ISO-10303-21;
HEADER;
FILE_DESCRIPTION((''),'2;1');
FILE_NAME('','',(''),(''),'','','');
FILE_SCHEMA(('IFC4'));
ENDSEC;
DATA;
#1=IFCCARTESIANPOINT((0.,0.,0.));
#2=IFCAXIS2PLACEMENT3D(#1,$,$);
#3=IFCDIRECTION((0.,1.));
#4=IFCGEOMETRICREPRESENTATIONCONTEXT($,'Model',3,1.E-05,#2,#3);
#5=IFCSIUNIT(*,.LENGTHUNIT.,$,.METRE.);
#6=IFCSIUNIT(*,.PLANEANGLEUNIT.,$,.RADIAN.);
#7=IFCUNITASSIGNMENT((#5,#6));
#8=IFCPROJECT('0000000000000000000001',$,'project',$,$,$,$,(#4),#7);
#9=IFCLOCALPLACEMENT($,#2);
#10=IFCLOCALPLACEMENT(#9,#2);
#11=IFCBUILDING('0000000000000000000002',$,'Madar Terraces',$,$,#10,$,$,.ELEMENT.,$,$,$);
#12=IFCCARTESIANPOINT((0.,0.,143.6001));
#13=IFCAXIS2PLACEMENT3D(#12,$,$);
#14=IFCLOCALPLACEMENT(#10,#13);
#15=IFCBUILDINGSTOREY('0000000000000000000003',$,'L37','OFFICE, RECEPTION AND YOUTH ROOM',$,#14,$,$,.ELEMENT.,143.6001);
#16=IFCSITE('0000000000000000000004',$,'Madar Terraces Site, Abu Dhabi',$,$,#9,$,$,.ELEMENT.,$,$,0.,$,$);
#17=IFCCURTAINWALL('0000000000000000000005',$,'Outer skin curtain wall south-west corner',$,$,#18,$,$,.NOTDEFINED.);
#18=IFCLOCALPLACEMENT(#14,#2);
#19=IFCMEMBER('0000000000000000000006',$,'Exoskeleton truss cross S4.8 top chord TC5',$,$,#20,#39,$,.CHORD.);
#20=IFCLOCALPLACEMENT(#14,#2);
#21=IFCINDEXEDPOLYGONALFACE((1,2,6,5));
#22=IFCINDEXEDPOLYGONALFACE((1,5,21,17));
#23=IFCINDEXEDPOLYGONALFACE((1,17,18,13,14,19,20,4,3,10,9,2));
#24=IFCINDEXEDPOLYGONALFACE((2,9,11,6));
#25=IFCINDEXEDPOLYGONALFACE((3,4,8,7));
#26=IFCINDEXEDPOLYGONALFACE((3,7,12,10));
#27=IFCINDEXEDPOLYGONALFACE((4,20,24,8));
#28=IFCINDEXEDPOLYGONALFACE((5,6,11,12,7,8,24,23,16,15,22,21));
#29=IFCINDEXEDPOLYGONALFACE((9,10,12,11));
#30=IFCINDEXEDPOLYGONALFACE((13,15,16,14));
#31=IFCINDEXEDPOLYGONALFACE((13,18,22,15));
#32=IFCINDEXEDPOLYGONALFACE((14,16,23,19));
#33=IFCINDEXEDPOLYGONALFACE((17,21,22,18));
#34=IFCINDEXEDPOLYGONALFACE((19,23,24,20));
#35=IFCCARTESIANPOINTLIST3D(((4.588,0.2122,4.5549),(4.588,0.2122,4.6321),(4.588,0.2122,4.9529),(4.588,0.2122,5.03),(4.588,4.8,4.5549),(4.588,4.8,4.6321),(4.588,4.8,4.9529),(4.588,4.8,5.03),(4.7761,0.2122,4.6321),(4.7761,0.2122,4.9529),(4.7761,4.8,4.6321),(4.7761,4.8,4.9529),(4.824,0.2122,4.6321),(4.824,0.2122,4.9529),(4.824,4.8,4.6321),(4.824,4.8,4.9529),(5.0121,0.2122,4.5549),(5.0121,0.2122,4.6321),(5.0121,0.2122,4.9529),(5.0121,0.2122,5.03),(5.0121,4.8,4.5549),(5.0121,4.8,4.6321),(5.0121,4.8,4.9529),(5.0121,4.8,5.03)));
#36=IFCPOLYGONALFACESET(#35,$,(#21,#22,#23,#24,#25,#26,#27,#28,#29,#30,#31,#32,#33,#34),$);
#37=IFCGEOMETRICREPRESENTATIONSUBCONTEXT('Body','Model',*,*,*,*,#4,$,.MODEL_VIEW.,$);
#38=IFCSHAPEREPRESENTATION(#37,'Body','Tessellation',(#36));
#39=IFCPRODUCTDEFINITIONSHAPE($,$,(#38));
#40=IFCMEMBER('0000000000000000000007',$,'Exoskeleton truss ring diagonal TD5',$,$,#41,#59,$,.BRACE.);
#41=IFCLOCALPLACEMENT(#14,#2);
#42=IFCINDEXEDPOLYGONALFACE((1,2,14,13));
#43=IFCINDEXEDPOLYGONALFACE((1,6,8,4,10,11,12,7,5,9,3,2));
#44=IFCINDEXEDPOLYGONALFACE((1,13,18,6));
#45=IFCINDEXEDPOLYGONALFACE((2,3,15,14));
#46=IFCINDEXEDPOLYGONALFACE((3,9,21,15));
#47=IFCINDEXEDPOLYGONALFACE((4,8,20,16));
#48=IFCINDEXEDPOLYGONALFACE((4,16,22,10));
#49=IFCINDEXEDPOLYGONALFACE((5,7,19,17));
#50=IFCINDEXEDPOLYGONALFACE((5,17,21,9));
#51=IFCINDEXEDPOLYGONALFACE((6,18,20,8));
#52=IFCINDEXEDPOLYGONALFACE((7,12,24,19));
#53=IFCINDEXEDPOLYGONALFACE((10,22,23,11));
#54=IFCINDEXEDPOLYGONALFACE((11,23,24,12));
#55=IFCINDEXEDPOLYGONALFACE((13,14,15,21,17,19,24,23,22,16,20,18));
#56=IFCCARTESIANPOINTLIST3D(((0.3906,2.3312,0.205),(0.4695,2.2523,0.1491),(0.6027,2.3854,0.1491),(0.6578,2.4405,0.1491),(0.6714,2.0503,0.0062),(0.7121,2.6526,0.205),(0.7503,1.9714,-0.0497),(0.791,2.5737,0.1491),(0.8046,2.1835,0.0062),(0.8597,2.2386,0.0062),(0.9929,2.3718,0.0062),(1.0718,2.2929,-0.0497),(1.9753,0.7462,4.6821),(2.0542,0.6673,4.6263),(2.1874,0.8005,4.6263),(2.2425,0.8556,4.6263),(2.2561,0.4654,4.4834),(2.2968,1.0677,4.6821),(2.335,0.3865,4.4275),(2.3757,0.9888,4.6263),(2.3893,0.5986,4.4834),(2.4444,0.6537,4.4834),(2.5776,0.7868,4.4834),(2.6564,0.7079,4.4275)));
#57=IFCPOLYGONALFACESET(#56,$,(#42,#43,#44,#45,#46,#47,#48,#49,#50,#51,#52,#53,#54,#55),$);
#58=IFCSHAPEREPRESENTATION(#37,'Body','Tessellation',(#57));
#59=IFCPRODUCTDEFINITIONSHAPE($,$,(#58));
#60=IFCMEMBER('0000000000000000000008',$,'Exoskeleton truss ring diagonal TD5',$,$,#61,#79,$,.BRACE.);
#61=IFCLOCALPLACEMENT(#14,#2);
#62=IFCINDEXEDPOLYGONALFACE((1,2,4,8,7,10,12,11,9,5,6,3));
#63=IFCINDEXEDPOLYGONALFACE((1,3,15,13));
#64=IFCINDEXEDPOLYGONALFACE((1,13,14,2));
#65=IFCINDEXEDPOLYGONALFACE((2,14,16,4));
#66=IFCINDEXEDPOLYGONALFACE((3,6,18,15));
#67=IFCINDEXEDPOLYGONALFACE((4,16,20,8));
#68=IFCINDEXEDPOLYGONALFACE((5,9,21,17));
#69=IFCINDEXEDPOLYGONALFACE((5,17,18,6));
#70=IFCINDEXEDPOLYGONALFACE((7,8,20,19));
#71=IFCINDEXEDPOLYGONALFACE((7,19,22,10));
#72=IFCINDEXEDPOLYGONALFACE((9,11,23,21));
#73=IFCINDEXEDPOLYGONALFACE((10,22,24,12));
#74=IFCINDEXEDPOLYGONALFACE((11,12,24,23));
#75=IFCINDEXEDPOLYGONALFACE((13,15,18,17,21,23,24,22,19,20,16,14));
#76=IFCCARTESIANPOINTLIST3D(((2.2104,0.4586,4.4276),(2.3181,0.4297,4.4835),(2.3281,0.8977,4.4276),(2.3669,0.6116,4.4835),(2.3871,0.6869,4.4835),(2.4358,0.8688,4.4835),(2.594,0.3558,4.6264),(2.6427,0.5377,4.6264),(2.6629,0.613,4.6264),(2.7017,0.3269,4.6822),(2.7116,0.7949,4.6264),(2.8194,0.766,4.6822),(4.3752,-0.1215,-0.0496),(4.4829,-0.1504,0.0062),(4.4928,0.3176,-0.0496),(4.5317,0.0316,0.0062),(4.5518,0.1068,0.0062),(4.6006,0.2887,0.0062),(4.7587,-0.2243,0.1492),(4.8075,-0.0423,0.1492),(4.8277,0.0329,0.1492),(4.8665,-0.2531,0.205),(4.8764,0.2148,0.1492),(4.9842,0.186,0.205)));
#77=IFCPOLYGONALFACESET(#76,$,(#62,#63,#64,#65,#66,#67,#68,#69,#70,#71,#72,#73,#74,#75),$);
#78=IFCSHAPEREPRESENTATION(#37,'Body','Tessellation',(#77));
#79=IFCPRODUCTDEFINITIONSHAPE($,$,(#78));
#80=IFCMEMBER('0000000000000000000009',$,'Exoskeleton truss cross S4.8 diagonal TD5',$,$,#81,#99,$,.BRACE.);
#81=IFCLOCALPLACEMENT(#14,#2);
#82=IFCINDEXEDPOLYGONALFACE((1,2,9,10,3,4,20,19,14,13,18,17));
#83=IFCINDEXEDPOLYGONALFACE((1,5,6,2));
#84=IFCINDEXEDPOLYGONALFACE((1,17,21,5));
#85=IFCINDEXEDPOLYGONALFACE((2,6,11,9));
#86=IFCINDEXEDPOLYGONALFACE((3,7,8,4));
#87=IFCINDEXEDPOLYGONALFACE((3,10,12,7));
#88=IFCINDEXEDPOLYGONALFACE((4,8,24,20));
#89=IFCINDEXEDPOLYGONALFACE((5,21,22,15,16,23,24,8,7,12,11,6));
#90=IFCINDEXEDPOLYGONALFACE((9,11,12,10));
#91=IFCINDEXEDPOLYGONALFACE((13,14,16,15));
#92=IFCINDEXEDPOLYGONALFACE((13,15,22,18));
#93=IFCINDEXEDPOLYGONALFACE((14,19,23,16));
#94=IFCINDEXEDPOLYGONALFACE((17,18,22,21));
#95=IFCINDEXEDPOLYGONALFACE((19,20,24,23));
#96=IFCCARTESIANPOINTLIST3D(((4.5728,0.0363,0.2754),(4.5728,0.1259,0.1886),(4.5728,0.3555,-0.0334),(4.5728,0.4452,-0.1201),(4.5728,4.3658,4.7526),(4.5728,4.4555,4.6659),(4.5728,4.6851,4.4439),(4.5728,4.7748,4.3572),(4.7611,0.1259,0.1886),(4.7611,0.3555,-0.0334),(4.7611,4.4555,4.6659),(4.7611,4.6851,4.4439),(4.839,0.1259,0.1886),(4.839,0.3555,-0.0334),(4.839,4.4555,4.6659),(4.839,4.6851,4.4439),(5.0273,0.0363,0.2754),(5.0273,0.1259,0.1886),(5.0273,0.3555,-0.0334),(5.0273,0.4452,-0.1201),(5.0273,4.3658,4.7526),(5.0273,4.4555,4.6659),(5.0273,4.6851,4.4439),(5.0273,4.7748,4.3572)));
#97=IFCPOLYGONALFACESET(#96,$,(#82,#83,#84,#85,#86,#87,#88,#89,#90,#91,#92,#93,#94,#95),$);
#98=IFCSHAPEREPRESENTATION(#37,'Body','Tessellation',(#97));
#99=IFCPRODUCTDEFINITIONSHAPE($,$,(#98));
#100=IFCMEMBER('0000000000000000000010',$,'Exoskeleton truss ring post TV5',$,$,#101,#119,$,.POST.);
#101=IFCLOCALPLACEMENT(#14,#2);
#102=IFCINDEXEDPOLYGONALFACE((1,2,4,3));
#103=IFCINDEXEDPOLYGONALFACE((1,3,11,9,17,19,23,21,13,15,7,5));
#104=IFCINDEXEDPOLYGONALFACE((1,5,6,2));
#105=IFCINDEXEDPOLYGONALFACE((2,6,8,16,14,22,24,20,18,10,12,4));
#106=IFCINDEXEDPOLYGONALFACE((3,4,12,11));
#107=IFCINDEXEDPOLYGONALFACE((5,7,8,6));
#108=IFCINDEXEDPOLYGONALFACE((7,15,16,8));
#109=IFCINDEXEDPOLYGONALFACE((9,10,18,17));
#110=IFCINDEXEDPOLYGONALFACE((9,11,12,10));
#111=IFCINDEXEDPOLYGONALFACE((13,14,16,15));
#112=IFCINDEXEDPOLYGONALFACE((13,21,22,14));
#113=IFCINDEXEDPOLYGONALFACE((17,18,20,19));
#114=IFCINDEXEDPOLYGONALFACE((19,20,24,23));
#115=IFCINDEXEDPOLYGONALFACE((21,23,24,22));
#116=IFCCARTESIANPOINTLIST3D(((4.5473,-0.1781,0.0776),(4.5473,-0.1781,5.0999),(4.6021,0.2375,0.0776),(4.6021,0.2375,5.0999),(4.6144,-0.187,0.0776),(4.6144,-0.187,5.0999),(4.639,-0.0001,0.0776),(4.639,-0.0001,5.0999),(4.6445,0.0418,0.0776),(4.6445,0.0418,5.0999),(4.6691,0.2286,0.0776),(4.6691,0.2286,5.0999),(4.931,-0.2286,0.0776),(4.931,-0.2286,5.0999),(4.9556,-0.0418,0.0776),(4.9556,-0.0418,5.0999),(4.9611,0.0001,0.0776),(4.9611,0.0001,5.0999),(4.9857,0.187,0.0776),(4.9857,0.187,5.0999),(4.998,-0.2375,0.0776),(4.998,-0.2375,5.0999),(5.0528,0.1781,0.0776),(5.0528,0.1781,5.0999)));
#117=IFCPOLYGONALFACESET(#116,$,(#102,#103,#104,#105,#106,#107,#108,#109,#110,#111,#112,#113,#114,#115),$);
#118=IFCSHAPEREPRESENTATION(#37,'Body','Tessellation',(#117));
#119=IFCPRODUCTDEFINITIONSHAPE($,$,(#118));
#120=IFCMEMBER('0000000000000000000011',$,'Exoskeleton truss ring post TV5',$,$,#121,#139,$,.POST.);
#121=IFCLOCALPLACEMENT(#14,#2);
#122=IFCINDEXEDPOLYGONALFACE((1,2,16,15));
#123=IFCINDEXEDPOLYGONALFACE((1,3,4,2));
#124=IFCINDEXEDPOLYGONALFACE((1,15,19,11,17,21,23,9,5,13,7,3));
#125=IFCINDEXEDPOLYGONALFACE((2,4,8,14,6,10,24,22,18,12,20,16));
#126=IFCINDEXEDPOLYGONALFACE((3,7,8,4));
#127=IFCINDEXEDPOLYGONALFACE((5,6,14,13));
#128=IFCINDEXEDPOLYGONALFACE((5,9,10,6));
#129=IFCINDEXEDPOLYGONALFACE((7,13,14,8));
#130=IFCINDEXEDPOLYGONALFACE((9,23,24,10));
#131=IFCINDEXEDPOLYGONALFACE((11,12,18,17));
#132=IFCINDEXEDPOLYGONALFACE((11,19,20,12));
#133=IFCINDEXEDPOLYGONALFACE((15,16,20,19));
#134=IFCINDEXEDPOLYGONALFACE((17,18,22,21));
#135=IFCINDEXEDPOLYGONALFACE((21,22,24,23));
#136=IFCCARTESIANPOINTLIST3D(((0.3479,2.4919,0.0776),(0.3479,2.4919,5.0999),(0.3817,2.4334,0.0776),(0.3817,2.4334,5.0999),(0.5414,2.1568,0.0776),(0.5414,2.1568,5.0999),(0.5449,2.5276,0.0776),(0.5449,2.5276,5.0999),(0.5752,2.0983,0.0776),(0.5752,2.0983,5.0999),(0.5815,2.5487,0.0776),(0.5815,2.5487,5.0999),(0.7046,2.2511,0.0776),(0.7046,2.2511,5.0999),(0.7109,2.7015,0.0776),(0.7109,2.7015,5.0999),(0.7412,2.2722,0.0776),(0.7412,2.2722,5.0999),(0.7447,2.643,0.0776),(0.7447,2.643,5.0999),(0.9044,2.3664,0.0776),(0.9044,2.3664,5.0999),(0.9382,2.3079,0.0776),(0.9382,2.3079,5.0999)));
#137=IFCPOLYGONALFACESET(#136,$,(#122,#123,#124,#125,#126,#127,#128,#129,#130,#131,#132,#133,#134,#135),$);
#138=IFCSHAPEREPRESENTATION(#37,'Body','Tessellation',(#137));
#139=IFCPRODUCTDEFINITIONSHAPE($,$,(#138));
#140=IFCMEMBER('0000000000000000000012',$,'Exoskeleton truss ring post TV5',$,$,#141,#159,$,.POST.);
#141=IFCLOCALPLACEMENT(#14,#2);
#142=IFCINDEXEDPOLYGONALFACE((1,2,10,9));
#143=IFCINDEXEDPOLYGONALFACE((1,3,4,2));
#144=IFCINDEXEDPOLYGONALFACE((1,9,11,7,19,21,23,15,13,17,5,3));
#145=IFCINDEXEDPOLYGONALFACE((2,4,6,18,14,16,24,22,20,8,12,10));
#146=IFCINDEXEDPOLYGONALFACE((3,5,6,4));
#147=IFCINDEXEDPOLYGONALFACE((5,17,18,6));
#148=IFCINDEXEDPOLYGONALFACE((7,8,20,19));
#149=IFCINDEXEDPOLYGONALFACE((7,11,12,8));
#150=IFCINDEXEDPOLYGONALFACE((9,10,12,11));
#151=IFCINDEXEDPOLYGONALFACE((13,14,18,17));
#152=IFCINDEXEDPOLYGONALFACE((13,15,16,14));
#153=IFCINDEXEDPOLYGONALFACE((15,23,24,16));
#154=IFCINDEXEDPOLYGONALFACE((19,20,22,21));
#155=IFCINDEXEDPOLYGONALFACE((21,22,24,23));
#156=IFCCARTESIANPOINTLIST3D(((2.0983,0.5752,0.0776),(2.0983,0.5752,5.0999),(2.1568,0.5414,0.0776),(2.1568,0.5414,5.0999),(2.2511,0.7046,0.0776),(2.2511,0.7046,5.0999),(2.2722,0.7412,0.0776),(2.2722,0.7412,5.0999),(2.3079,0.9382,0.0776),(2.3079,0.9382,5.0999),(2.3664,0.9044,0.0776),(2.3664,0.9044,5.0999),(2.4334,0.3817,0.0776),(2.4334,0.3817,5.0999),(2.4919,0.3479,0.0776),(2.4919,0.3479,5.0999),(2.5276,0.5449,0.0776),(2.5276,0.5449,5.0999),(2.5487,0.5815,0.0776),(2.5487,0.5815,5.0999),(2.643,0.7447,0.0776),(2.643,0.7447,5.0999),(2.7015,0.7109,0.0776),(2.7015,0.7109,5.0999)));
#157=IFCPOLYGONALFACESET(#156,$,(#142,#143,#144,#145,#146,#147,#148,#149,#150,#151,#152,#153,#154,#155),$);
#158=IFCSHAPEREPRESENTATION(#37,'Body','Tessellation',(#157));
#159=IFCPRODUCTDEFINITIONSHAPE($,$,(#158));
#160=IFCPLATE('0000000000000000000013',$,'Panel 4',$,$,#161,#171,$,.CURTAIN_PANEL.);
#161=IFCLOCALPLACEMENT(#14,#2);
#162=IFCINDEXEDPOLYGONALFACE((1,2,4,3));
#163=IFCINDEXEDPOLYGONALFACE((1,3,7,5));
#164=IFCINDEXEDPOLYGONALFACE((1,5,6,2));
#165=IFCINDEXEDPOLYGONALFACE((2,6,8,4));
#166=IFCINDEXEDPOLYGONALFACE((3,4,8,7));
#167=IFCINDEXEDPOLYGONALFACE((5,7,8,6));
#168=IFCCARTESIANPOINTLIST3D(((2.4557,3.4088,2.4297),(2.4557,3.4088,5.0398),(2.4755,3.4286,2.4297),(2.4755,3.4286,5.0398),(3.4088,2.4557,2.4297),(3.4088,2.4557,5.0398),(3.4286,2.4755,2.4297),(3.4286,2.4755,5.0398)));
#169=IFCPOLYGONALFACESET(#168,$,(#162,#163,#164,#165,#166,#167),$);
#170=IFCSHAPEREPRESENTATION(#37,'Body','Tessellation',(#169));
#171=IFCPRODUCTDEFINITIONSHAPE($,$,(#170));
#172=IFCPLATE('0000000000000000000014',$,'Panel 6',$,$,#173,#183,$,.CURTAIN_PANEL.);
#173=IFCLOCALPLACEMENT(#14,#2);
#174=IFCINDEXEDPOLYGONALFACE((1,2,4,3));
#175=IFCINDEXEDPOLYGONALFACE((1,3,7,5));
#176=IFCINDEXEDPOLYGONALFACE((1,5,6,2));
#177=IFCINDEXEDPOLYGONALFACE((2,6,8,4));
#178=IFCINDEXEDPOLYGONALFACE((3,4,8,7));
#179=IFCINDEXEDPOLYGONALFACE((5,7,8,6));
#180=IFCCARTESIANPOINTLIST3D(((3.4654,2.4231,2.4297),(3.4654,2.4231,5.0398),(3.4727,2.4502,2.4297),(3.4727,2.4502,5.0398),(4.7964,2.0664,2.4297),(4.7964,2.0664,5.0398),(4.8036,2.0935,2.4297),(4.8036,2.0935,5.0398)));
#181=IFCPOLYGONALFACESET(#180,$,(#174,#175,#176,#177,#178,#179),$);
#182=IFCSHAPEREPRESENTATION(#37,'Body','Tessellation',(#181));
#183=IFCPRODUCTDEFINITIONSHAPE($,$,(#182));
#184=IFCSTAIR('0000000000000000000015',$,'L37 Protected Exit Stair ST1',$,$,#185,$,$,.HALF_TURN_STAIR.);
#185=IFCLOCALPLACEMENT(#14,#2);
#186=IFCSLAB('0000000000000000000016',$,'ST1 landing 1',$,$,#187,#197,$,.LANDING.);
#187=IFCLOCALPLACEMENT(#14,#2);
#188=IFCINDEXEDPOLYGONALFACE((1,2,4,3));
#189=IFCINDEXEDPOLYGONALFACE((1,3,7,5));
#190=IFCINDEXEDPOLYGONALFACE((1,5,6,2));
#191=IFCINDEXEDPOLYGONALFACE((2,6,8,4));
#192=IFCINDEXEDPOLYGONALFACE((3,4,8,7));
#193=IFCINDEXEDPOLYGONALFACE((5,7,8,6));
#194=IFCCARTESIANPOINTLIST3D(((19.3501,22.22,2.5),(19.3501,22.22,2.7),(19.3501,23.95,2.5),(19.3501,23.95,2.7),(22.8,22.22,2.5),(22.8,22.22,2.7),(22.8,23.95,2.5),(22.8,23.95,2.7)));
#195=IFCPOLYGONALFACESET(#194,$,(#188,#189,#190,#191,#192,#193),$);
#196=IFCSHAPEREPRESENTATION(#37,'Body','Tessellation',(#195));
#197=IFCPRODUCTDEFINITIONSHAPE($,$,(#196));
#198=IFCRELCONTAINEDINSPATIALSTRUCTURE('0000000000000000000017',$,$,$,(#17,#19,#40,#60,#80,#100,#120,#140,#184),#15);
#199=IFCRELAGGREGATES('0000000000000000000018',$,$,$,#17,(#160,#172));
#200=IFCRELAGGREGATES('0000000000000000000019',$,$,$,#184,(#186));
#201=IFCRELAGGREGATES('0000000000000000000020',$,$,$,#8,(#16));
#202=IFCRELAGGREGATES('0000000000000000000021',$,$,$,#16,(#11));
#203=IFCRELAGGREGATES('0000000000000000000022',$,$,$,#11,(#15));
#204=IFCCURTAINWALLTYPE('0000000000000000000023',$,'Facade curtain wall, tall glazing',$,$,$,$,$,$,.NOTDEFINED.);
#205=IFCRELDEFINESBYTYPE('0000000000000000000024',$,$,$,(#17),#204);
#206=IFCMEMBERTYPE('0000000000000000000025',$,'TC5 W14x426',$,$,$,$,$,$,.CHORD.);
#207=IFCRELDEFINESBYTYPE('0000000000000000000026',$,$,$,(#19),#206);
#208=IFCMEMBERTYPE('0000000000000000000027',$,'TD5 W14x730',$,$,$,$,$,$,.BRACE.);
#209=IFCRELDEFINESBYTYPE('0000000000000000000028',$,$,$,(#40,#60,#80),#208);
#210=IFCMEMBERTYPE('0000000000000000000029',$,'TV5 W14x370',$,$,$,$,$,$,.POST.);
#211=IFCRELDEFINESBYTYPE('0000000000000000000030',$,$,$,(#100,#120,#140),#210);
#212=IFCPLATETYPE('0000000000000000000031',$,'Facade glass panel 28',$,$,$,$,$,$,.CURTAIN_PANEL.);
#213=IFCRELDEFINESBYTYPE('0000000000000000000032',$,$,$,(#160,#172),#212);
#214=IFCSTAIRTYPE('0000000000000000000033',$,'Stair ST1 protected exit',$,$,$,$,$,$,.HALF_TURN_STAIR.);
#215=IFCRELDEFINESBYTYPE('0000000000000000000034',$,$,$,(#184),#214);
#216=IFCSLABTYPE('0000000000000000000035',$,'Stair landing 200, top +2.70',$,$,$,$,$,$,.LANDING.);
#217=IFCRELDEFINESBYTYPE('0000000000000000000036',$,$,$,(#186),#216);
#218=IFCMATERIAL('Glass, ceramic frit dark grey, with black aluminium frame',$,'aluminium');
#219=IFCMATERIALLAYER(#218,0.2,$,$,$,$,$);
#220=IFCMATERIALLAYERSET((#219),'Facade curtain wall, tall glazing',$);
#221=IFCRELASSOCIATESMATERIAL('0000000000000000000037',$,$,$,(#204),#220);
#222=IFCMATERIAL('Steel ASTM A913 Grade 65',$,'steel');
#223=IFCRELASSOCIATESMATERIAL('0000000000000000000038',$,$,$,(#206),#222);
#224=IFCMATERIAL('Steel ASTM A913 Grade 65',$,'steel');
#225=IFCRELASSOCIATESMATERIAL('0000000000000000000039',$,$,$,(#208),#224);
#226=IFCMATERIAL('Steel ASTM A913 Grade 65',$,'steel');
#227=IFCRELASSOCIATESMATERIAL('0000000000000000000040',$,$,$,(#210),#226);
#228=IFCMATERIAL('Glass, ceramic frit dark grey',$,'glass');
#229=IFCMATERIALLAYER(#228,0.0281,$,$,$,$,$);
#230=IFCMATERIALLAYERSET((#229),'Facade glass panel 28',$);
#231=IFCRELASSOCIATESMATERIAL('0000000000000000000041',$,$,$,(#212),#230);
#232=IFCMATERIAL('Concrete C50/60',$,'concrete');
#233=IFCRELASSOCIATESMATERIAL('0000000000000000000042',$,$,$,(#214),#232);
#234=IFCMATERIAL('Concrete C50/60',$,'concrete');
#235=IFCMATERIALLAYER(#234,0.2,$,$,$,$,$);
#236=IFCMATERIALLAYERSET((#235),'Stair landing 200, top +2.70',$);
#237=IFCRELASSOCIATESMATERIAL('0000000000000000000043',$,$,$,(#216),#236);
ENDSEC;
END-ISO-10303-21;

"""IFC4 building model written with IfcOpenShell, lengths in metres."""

from ifc_helpers import new_model, si_unit, direction, frame, origin, origin_2d, place, context, subcontext, project, spatial, polyline, rectangle, i_section, outline, extrude, material, layer, layer_set, material_profile, profile_set, type_object, element, aggregate, save


model = new_model("IFC4")

# Units and contexts
model_context = context("Model", 3, precision=1e-05, world=origin(), true_north=direction((0.0, 1.0)))
body_context = subcontext(model_context, "Body", "Model", "MODEL_VIEW")
ifc_project = project(units=[si_unit("LENGTHUNIT", "METRE"), si_unit("PLANEANGLEUNIT", "RADIAN")], contexts=[model_context])

# Site, building, storey
site_placement = place(None, origin())
site = spatial("IfcSite", under=ifc_project, at=site_placement, Name="Madar Terraces Site, Abu Dhabi", CompositionType="ELEMENT", RefElevation=0.0)
building_placement = place(site_placement, origin())
building = spatial("IfcBuilding", under=site, at=building_placement, Name="Madar Terraces", CompositionType="ELEMENT")
storey_placement = place(building_placement, frame((0.0, 0.0, 143.6001)))
storey = spatial("IfcBuildingStorey", under=building, at=storey_placement, Name="L37", Description="OFFICE, RECEPTION AND YOUTH ROOM", CompositionType="ELEMENT", Elevation=143.6001)

# Curtain wall
ifc_material_1 = material(Name="Glass, ceramic frit dark grey, with black aluminium frame", Category="aluminium")
ifc_layer_1 = layer(ifc_material_1, 0.2)
ifc_layer_set_1 = layer_set([ifc_layer_1], Name="Facade curtain wall, tall glazing")
curtain_wall_type = type_object("IfcCurtainWallType", Name="Facade curtain wall, tall glazing", PredefinedType="NOTDEFINED", material=ifc_layer_set_1)
curtain_wall_1_placement = place(storey_placement, origin())
curtain_wall_1 = element("IfcCurtainWall", 1, at=curtain_wall_1_placement, inside=storey, type_object=curtain_wall_type, Name="Outer skin curtain wall south-west corner", PredefinedType="NOTDEFINED")

# Members
ifc_material_2 = material(Name="Steel ASTM A913 Grade 65", Category="steel")
ifc_material_profile_1 = material_profile(ifc_material_2, i_section(OverallWidth=0.4241, OverallDepth=0.4751, WebThickness=0.0479, FlangeThickness=0.0771, at=origin_2d()), Name="W14x426")
ifc_profile_set_1 = profile_set([ifc_material_profile_1], Name="Steel ASTM A913 Grade 65")
member_type_1 = type_object("IfcMemberType", Name="TC5 W14x426", PredefinedType="CHORD", material=ifc_profile_set_1)
member_1_placement = place(storey_placement, frame((4.8, 0.2122, 4.7925), z_axis=(0.0, 1.0, 0.0), x_axis=(-1.0, 0.0, 0.0)))
element("IfcMember", 2, at=member_1_placement, inside=storey, type_object=member_type_1, Name="Exoskeleton truss cross S4.8 top chord TC5", PredefinedType="CHORD", context=body_context, shape_type="SweptSolid", body=[
    extrude(i_section(OverallWidth=0.4241, OverallDepth=0.4751, WebThickness=0.0479, FlangeThickness=0.0771, at=origin_2d()), origin(), (0.0, 0.0, 1.0), 4.5879),
])
ifc_material_3 = material(Name="Steel ASTM A913 Grade 65", Category="steel")
ifc_material_profile_2 = material_profile(ifc_material_3, i_section(OverallWidth=0.4546, OverallDepth=0.5688, WebThickness=0.0779, FlangeThickness=0.1248, at=origin_2d()), Name="W14x730")
ifc_profile_set_2 = profile_set([ifc_material_profile_2], Name="Steel ASTM A913 Grade 65")
member_type_2 = type_object("IfcMemberType", Name="TD5 W14x730", PredefinedType="BRACE", material=ifc_profile_set_2)
for number, where, z_axis, x_axis, name in (
    (3, (0.7312, 2.312, 0.0776), (0.316503, -0.316552, 0.894215), (0.707161, 0.707052, 0.0), "Exoskeleton truss ring diagonal TD5"),
    (4, (2.5149, 0.6123, 4.5549), (0.432363, -0.115856, -0.894226), (0.258829, 0.965923, 0.0), "Exoskeleton truss ring diagonal TD5"),
):
    element("IfcMember", number, at=place(storey_placement, frame(where, z_axis=z_axis, x_axis=x_axis)), inside=storey, type_object=member_type_2, Name=name, PredefinedType="BRACE", context=body_context, shape_type="SweptSolid", body=[
        extrude(i_section(OverallWidth=0.4546, OverallDepth=0.5688, WebThickness=0.0779, FlangeThickness=0.1248, at=origin_2d()), origin(), (0.0, 0.0, 1.0), 5.0068),
    ])
member_2_placement = place(storey_placement, frame((4.8, 0.2407, 0.0776), z_axis=(0.0, 0.69515, 0.718865), x_axis=(-1.0, 0.0, 0.0)))
element("IfcMember", 5, at=member_2_placement, inside=storey, type_object=member_type_2, Name="Exoskeleton truss cross S4.8 diagonal TD5", PredefinedType="BRACE", context=body_context, shape_type="SweptSolid", body=[
    extrude(i_section(OverallWidth=0.4546, OverallDepth=0.5688, WebThickness=0.0779, FlangeThickness=0.1248, at=origin_2d()), origin(), (0.0, 0.0, 1.0), 6.2283),
])
ifc_material_4 = material(Name="Steel ASTM A913 Grade 65", Category="steel")
ifc_material_profile_3 = material_profile(ifc_material_4, i_section(OverallWidth=0.4192, OverallDepth=0.4546, WebThickness=0.0422, FlangeThickness=0.0676, at=origin_2d()), Name="W14x370")
ifc_profile_set_3 = profile_set([ifc_material_profile_3], Name="Steel ASTM A913 Grade 65")
member_type_3 = type_object("IfcMemberType", Name="TV5 W14x370", PredefinedType="POST", material=ifc_profile_set_3)
for number, where, z_axis, x_axis, name in (
    (6, (4.8, 0.0, 0.0776), (0.0, 0.0, 1.0), (0.130526, 0.991445, 0.0), "Exoskeleton truss ring post TV5"),
    (7, (0.6431, 2.3999, 0.0776), (0.0, 0.0, 1.0), (0.866025, 0.5, 0.0), "Exoskeleton truss ring post TV5"),
    (8, (2.3999, 0.6431, 0.0776), (0.0, 0.0, 1.0), (0.5, 0.866025, 0.0), "Exoskeleton truss ring post TV5"),
):
    element("IfcMember", number, at=place(storey_placement, frame(where, z_axis=z_axis, x_axis=x_axis)), inside=storey, type_object=member_type_3, Name=name, PredefinedType="POST", context=body_context, shape_type="SweptSolid", body=[
        extrude(i_section(OverallWidth=0.4192, OverallDepth=0.4546, WebThickness=0.0422, FlangeThickness=0.0676, at=origin_2d()), origin(), (0.0, 0.0, 1.0), 5.0222),
    ])

# Plates
ifc_material_5 = material(Name="Glass, ceramic frit dark grey", Category="glass")
ifc_layer_2 = layer(ifc_material_5, 0.0281)
ifc_layer_set_2 = layer_set([ifc_layer_2], Name="Facade glass panel 28")
plate_type = type_object("IfcPlateType", Name="Facade glass panel 28", PredefinedType="CURTAIN_PANEL", material=ifc_layer_set_2)
plate_1_placement = place(storey_placement, frame((2.9421, 2.9421, 2.4297), z_axis=(0.0, 0.0, 1.0), x_axis=(0.707107, -0.707107, 0.0)))
plate_1 = element("IfcPlate", 9, at=plate_1_placement, type_object=plate_type, Name="Panel 4", PredefinedType="CURTAIN_PANEL", context=body_context, shape_type="SweptSolid", body=[
    extrude(rectangle(XDim=1.3479, YDim=0.0281, at=origin_2d()), origin(), (0.0, 0.0, 1.0), 2.6101),
])
plate_2_placement = place(storey_placement, frame((4.1345, 2.2583, 2.4297), z_axis=(0.0, 0.0, 1.0), x_axis=(0.965926, -0.258819, 0.0)))
plate_2 = element("IfcPlate", 10, at=plate_2_placement, type_object=plate_type, Name="Panel 6", PredefinedType="CURTAIN_PANEL", context=body_context, shape_type="SweptSolid", body=[
    extrude(rectangle(XDim=1.3779, YDim=0.0281, at=origin_2d()), origin(), (0.0, 0.0, 1.0), 2.6101),
])
aggregate(curtain_wall_1, [plate_1, plate_2])

# Stair, slab
ifc_material_6 = material(Name="Concrete C50/60", Category="concrete")
stair_type_1 = type_object("IfcStairType", Name="Stair ST1 protected exit", PredefinedType="HALF_TURN_STAIR", material=ifc_material_6)
stair_1_placement = place(storey_placement, origin())
stair_1 = element("IfcStair", 11, at=stair_1_placement, inside=storey, type_object=stair_type_1, Name="L37 Protected Exit Stair ST1", PredefinedType="HALF_TURN_STAIR")
ifc_material_7 = material(Name="Concrete C50/60", Category="concrete")
ifc_layer_3 = layer(ifc_material_7, 0.2)
ifc_layer_set_3 = layer_set([ifc_layer_3], Name="Stair landing 200, top +2.70")
slab_type = type_object("IfcSlabType", Name="Stair landing 200, top +2.70", PredefinedType="LANDING", material=ifc_layer_set_3)
slab_1_placement = place(storey_placement, frame((0.0, 0.0, 2.5)))
slab_1 = element("IfcSlab", 12, at=slab_1_placement, type_object=slab_type, Name="ST1 landing 1", PredefinedType="LANDING", context=body_context, shape_type="SweptSolid", body=[
    extrude(outline(polyline([(19.3501, 22.22), (22.8, 22.22), (22.8, 23.95), (19.3501, 23.95), (19.3501, 22.22)])), origin(), (0.0, 0.0, 1.0), 0.2),
])
aggregate(stair_1, [slab_1])

save(model, "model.ifc")
